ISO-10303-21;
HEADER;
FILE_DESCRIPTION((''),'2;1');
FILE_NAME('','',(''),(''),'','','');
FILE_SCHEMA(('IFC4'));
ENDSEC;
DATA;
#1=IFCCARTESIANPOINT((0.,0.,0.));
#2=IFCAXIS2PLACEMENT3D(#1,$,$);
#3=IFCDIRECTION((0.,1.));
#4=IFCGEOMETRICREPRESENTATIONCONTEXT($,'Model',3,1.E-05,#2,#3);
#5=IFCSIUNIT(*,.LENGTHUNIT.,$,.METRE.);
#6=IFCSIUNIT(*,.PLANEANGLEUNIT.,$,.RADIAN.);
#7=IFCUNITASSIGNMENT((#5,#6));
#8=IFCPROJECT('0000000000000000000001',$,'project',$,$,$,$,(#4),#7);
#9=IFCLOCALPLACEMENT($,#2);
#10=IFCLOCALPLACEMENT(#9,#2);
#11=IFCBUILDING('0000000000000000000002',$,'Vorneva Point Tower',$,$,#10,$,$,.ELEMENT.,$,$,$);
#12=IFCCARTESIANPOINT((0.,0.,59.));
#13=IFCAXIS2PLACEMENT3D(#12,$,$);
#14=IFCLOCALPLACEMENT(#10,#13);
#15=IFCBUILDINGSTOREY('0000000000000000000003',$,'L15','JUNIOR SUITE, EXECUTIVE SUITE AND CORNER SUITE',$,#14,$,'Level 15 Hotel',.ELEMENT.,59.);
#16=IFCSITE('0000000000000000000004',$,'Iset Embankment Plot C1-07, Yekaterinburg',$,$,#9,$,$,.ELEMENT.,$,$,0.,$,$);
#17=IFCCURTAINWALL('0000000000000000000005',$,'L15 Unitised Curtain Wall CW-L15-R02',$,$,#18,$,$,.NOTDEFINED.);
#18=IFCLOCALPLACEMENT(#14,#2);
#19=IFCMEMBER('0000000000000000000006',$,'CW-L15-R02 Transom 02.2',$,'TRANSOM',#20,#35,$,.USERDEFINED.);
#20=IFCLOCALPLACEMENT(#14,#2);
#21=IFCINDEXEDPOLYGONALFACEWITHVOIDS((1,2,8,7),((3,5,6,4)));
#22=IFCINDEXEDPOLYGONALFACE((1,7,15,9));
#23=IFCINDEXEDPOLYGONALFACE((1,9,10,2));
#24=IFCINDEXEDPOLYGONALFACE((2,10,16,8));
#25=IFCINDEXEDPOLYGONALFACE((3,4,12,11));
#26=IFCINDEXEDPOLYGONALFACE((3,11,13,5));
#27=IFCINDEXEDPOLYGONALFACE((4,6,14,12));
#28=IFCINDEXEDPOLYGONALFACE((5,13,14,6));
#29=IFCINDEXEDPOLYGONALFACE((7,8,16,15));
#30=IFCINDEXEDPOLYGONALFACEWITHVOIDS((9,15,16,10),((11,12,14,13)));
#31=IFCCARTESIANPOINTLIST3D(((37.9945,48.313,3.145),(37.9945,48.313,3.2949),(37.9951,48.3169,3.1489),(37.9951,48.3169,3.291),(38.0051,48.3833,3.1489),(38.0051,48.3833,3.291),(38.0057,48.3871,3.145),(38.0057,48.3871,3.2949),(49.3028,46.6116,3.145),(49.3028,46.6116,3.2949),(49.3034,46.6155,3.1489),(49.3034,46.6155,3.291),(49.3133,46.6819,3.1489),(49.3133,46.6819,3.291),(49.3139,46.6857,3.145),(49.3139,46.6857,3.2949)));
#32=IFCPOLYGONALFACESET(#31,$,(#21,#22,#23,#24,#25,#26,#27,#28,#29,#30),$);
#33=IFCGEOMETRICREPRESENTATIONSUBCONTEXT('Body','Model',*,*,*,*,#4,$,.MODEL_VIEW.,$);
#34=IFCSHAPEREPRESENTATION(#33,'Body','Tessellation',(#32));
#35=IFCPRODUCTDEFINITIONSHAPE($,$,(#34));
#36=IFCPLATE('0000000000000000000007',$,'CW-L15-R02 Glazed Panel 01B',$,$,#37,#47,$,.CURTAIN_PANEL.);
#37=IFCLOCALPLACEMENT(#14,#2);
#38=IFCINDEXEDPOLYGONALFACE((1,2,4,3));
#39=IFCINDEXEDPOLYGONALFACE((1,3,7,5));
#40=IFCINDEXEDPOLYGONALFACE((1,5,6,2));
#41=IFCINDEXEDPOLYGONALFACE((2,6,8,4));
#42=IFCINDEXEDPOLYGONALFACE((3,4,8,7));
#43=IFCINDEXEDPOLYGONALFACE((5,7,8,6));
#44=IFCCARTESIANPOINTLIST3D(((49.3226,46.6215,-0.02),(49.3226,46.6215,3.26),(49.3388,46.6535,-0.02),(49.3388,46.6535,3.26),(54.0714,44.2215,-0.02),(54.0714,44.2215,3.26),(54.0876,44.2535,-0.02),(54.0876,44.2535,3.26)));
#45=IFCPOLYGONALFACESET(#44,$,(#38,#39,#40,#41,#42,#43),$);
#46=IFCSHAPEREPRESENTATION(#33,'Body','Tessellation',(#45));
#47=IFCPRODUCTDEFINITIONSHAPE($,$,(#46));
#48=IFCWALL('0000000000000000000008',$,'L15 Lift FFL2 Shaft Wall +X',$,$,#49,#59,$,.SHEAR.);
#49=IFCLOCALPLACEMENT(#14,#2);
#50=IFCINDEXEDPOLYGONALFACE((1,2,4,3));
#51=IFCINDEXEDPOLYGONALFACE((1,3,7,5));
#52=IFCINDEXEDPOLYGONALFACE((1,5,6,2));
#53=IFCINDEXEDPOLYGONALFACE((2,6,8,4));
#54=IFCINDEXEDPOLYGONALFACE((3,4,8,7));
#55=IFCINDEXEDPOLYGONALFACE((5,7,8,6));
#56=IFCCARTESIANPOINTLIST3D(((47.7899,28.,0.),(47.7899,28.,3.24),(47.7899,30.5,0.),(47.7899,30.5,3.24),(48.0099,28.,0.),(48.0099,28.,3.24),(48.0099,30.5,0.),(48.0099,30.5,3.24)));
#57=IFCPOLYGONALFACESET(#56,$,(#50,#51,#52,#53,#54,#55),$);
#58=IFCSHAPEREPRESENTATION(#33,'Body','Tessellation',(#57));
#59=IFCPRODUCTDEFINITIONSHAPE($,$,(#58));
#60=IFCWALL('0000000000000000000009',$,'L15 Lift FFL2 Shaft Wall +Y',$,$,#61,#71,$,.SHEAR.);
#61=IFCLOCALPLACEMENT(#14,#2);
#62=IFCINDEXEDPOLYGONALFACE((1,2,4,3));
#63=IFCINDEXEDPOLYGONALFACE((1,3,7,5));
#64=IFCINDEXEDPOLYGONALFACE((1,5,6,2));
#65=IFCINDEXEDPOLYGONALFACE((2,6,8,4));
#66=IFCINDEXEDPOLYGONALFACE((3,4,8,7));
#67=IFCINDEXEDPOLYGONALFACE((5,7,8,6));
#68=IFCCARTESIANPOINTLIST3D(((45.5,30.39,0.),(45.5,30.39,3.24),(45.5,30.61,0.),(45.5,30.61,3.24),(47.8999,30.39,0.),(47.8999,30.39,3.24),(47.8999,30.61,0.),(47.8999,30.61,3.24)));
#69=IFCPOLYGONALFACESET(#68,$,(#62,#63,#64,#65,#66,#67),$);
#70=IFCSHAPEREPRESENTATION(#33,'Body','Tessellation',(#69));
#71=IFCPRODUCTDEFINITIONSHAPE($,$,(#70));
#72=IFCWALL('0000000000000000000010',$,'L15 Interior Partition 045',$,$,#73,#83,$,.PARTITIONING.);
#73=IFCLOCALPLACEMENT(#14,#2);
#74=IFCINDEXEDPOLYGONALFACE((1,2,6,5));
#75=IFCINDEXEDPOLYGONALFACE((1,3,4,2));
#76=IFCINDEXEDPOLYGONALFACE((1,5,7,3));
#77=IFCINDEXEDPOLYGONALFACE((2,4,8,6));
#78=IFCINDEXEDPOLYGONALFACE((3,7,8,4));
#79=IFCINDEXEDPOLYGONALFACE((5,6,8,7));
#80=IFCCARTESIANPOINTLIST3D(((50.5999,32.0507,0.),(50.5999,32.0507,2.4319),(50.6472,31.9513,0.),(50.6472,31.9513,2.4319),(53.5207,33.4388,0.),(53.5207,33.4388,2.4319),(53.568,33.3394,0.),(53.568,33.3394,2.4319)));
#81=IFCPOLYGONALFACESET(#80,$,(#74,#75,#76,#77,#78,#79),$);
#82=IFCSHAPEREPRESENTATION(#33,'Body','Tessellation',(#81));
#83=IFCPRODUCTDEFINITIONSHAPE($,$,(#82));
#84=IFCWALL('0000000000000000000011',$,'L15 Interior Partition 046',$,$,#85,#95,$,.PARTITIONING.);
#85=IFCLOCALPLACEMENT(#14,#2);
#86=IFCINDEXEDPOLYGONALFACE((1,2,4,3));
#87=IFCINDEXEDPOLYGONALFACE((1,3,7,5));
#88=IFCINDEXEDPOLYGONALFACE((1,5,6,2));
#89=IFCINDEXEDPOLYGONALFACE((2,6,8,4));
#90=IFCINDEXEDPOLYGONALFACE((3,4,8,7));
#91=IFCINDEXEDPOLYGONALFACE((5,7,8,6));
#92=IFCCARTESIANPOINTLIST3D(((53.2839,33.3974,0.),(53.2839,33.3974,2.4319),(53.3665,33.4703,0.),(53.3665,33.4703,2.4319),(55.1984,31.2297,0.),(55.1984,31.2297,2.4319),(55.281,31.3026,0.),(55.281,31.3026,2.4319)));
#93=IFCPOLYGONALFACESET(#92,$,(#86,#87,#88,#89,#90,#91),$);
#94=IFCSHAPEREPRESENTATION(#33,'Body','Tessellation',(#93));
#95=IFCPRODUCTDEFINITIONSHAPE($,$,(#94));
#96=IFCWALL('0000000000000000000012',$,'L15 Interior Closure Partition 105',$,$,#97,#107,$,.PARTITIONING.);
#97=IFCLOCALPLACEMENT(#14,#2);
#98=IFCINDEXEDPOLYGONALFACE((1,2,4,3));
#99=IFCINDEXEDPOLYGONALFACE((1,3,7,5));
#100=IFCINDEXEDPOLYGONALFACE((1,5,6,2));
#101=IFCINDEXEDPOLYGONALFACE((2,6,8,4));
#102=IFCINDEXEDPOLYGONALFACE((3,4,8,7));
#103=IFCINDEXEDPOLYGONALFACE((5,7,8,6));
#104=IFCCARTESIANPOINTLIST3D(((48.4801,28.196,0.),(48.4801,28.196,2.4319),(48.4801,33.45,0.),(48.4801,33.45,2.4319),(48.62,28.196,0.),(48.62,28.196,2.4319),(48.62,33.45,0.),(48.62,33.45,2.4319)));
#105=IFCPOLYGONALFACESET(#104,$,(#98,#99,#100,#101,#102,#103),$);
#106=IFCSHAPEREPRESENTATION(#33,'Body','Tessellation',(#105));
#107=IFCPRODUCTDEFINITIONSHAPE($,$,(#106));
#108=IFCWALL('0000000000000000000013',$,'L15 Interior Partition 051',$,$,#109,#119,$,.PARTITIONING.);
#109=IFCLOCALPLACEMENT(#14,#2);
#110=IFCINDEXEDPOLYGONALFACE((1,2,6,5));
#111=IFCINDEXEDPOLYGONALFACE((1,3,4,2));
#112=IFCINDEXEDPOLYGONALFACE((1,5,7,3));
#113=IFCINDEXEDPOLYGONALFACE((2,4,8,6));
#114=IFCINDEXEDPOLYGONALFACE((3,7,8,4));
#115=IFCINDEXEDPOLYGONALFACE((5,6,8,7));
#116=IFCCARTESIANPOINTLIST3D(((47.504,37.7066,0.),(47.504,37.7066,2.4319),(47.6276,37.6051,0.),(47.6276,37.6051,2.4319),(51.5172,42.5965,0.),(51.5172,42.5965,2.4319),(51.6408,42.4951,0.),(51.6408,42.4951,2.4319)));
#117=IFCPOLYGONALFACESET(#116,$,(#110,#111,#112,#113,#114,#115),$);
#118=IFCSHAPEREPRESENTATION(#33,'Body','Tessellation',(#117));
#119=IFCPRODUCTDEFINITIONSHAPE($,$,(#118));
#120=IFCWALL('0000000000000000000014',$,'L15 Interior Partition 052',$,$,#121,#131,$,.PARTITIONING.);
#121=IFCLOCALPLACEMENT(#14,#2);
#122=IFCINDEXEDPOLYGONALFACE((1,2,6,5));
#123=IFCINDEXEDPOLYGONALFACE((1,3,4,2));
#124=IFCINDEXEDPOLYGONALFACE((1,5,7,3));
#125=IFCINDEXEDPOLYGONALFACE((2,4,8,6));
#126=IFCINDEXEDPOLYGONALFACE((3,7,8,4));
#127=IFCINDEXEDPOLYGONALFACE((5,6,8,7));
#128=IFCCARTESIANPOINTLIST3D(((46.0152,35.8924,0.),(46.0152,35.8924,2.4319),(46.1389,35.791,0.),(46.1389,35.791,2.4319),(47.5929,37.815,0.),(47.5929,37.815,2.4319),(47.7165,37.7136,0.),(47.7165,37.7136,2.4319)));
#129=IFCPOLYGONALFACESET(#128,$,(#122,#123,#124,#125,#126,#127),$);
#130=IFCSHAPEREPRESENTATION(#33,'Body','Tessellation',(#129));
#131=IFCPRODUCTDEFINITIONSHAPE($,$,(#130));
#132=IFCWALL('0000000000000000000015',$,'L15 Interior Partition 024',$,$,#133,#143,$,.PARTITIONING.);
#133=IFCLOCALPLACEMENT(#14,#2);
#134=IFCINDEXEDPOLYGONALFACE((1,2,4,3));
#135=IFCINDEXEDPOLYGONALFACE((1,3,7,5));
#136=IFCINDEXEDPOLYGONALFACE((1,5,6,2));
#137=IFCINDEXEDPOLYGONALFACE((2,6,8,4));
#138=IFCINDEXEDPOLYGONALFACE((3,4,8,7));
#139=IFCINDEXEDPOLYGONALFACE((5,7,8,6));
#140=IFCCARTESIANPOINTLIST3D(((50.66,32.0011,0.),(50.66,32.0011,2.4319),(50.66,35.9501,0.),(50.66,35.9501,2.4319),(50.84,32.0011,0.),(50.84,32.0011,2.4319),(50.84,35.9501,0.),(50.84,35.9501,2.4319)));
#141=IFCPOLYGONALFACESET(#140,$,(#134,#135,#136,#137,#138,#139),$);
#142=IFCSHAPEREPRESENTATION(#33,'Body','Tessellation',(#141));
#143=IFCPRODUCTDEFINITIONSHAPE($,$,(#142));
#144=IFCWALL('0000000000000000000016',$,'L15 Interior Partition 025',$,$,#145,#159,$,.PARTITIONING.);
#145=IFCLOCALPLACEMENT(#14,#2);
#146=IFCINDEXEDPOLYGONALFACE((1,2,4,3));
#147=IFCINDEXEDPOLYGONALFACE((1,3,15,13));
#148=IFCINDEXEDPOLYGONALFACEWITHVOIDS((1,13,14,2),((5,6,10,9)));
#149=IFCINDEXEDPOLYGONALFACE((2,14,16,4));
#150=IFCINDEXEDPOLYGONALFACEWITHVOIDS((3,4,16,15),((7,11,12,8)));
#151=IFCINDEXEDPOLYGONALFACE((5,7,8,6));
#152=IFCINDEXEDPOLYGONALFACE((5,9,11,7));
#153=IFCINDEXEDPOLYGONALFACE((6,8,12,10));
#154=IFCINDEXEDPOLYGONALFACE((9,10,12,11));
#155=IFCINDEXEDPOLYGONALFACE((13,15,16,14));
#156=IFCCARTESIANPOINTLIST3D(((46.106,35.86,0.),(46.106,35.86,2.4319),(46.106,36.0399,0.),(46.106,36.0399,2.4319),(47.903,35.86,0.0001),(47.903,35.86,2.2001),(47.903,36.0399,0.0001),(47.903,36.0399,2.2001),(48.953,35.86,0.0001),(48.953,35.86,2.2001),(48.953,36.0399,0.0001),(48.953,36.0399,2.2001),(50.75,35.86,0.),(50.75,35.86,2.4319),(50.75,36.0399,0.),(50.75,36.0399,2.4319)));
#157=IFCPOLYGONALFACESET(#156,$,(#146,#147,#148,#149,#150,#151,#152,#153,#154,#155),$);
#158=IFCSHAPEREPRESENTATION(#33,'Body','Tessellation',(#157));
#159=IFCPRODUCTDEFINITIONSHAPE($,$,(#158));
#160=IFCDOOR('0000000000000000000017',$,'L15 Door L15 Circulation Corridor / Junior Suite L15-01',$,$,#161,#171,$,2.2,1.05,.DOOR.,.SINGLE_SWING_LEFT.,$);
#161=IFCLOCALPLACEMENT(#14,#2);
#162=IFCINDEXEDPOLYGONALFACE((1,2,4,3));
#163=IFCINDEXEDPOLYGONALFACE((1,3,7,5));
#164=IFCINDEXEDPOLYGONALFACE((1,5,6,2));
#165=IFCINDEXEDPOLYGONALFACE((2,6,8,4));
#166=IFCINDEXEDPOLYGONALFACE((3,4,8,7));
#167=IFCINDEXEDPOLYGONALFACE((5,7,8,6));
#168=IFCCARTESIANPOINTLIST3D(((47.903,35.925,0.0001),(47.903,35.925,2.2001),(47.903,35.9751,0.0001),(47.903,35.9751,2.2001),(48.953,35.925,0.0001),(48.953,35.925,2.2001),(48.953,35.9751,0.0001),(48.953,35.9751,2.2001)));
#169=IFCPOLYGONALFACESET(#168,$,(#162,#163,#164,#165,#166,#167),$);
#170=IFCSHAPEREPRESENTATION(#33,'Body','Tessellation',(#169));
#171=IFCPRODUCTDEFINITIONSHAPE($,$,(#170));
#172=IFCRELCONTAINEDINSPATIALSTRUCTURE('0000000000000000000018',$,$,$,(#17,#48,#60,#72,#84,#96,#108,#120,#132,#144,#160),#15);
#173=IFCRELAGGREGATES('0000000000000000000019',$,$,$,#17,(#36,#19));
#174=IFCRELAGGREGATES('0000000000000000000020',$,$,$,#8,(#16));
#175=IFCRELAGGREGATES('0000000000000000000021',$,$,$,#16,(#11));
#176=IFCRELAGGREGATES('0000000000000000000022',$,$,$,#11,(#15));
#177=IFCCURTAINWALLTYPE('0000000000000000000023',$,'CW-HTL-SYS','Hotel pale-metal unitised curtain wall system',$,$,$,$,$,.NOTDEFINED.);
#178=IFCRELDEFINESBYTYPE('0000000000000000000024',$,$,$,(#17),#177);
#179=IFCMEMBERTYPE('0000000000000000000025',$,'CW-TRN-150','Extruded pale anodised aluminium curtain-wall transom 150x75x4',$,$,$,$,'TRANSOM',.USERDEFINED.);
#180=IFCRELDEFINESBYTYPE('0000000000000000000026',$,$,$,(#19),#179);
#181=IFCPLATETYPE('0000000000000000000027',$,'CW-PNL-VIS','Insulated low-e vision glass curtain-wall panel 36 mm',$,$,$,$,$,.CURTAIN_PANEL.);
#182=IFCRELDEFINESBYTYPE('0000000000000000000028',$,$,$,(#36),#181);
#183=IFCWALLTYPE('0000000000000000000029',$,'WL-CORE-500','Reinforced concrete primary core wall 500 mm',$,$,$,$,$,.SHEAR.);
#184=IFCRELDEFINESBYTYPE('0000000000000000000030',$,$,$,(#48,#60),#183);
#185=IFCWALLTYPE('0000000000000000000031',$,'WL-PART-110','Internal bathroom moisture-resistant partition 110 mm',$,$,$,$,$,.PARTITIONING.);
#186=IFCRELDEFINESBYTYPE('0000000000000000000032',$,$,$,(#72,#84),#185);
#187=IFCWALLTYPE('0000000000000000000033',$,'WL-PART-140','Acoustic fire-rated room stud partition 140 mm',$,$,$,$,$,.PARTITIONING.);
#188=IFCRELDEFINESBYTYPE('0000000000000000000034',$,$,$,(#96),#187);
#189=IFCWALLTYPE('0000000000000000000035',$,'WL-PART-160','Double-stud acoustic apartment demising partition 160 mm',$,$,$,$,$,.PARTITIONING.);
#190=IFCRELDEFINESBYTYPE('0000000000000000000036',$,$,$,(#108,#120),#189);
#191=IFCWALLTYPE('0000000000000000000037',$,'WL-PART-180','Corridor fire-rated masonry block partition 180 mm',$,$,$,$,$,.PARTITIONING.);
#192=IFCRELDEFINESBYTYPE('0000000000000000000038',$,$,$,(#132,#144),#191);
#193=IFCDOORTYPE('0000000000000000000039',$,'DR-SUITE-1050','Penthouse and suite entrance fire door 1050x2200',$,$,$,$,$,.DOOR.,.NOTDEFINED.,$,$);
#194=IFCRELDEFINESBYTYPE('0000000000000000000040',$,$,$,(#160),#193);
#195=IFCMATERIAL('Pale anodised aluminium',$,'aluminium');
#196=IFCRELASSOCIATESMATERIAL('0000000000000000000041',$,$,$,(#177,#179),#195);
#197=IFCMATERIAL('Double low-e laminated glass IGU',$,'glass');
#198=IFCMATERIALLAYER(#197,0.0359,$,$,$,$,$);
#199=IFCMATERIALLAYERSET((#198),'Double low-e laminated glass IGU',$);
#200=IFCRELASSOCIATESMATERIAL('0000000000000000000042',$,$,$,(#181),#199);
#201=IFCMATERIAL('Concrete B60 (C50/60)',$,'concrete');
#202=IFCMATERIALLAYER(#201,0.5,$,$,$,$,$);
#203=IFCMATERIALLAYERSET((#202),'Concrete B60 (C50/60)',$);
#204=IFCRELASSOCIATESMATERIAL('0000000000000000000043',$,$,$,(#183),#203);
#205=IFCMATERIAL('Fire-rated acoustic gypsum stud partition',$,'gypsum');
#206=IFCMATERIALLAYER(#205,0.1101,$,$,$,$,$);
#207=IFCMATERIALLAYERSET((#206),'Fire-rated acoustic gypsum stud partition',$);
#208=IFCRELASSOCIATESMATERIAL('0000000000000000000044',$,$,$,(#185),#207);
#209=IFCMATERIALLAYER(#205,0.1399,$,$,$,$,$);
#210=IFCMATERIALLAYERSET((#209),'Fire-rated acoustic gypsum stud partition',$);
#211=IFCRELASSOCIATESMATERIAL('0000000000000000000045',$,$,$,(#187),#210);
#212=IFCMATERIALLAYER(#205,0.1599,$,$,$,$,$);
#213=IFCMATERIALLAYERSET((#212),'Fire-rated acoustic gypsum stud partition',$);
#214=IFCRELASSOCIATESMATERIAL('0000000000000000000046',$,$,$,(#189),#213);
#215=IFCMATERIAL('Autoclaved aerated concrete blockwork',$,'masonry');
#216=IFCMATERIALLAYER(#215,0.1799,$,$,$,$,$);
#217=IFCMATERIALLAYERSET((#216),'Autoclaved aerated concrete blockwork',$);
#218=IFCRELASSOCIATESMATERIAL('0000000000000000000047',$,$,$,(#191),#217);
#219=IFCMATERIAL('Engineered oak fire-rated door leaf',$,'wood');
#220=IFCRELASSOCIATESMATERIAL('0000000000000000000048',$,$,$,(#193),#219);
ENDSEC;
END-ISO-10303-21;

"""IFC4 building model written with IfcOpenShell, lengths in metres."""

from ifc_helpers import new_model, si_unit, direction, frame, frame_2d, origin, origin_2d, place, context, subcontext, project, spatial, rectangle, hollow_rectangle, extrude, material, layer, layer_set, material_profile, profile_set, type_object, element, fill, aggregate, save


model = new_model("IFC4")

# Units and contexts
model_context = context("Model", 3, precision=1e-05, world=origin(), true_north=direction((0.0, 1.0)))
body_context = subcontext(model_context, "Body", "Model", "MODEL_VIEW")
ifc_project = project(units=[si_unit("LENGTHUNIT", "METRE"), si_unit("PLANEANGLEUNIT", "RADIAN")], contexts=[model_context])

# Site, building, storey
site_placement = place(None, origin())
site = spatial("IfcSite", under=ifc_project, at=site_placement, Name="Iset Embankment Plot C1-07, Yekaterinburg", CompositionType="ELEMENT", RefElevation=0.0)
building_placement = place(site_placement, origin())
building = spatial("IfcBuilding", under=site, at=building_placement, Name="Vorneva Point Tower", CompositionType="ELEMENT")
storey_placement = place(building_placement, frame((0.0, 0.0, 59.0)))
storey = spatial("IfcBuildingStorey", under=building, at=storey_placement, Name="L15", Description="JUNIOR SUITE, EXECUTIVE SUITE AND CORNER SUITE", LongName="Level 15 Hotel", CompositionType="ELEMENT", Elevation=59.0)

# Shared definitions
ifc_material_1 = material(Name="Concrete B60 (C50/60)", Category="concrete")

# Curtain wall, member, plate
ifc_material_2 = material(Name="Pale anodised aluminium", Category="aluminium")
curtain_wall_type = type_object("IfcCurtainWallType", Name="CW-HTL-SYS", Description="Hotel pale-metal unitised curtain wall system", PredefinedType="NOTDEFINED", material=ifc_material_2)
curtain_wall_placement = place(storey_placement, origin())
curtain_wall = element("IfcCurtainWall", 1, at=curtain_wall_placement, inside=storey, type_object=curtain_wall_type, Name="L15 Unitised Curtain Wall CW-L15-R02", PredefinedType="NOTDEFINED")
ifc_material_profile_1 = material_profile(ifc_material_2, hollow_rectangle(XDim=0.075, YDim=0.1499, WallThickness=0.0039, at=origin_2d()), Name="AL-TRN 150x75x4")
ifc_profile_set_1 = profile_set([ifc_material_profile_1], Name="Pale anodised aluminium")
member_type_1 = type_object("IfcMemberType", Name="CW-TRN-150", Description="Extruded pale anodised aluminium curtain-wall transom 150x75x4", ElementType="TRANSOM", PredefinedType="USERDEFINED", material=ifc_profile_set_1)
member_1_placement = place(storey_placement, frame((49.3083, 46.6487, 3.22), z_axis=(-0.98887, 0.148782, 0.0), x_axis=(-0.148782, -0.98887, 0.0)))
member_1 = element("IfcMember", 2, at=member_1_placement, type_object=member_type_1, Name="CW-L15-R02 Transom 02.2", ObjectType="TRANSOM", PredefinedType="USERDEFINED", context=body_context, shape_type="SweptSolid", body=[
    extrude(hollow_rectangle(XDim=0.075, YDim=0.1499, WallThickness=0.0039, at=origin_2d()), origin(), (0.0, 0.0, 1.0), 11.4355),
])
ifc_material_3 = material(Name="Double low-e laminated glass IGU", Category="glass")
ifc_layer_1 = layer(ifc_material_3, 0.0359)
ifc_layer_set_1 = layer_set([ifc_layer_1], Name="Double low-e laminated glass IGU")
plate_type = type_object("IfcPlateType", Name="CW-PNL-VIS", Description="Insulated low-e vision glass curtain-wall panel 36 mm", PredefinedType="CURTAIN_PANEL", material=ifc_layer_set_1)
plate_placement = place(storey_placement, frame((51.7051, 45.4375, -0.02), z_axis=(0.0, 0.0, 1.0), x_axis=(-0.892499, 0.451049, 0.0)))
plate = element("IfcPlate", 3, at=plate_placement, type_object=plate_type, Name="CW-L15-R02 Glazed Panel 01B", PredefinedType="CURTAIN_PANEL", context=body_context, shape_type="SweptSolid", body=[
    extrude(rectangle(XDim=5.3208, YDim=0.0359, at=origin_2d()), origin(), (0.0, 0.0, 1.0), 3.28),
])
aggregate(curtain_wall, [plate, member_1])

# Walls
ifc_layer_2 = layer(ifc_material_1, 0.5)
ifc_layer_set_2 = layer_set([ifc_layer_2], Name="Concrete B60 (C50/60)")
wall_type_1 = type_object("IfcWallType", Name="WL-CORE-500", Description="Reinforced concrete primary core wall 500 mm", PredefinedType="SHEAR", material=ifc_layer_set_2)
wall_1_placement = place(storey_placement, frame((47.8999, 28.0, 0.0), z_axis=(0.0, 0.0, 1.0), x_axis=(0.0, 1.0, 0.0)))
element("IfcWall", 4, at=wall_1_placement, inside=storey, type_object=wall_type_1, Name="L15 Lift FFL2 Shaft Wall +X", PredefinedType="SHEAR", context=body_context, shape_type="SweptSolid", body=[
    extrude(rectangle(XDim=2.5, YDim=0.22, at=frame_2d((1.25, 0.0))), origin(), (0.0, 0.0, 1.0), 3.24),
])
wall_2_placement = place(storey_placement, frame((47.8999, 30.5, 0.0), z_axis=(0.0, 0.0, 1.0), x_axis=(-1.0, 0.0, 0.0)))
element("IfcWall", 5, at=wall_2_placement, inside=storey, type_object=wall_type_1, Name="L15 Lift FFL2 Shaft Wall +Y", PredefinedType="SHEAR", context=body_context, shape_type="SweptSolid", body=[
    extrude(rectangle(XDim=2.3999, YDim=0.22, at=frame_2d((1.2, 0.0))), origin(), (0.0, 0.0, 1.0), 3.24),
])
ifc_material_4 = material(Name="Fire-rated acoustic gypsum stud partition", Category="gypsum")
ifc_layer_3 = layer(ifc_material_4, 0.1101)
ifc_layer_set_3 = layer_set([ifc_layer_3], Name="Fire-rated acoustic gypsum stud partition")
wall_type_2 = type_object("IfcWallType", Name="WL-PART-110", Description="Internal bathroom moisture-resistant partition 110 mm", PredefinedType="PARTITIONING", material=ifc_layer_set_3)
wall_3_placement = place(storey_placement, frame((50.6235, 32.001, 0.0), z_axis=(0.0, 0.0, 1.0), x_axis=(0.903187, 0.429248, 0.0)))
element("IfcWall", 6, at=wall_3_placement, inside=storey, type_object=wall_type_2, Name="L15 Interior Partition 045", PredefinedType="PARTITIONING", context=body_context, shape_type="SweptSolid", body=[
    extrude(rectangle(XDim=3.2339, YDim=0.1101, at=frame_2d((1.6169, 0.0))), origin(), (0.0, 0.0, 1.0), 2.4319),
])
wall_4_placement = place(storey_placement, frame((53.3252, 33.4338, 0.0), z_axis=(0.0, 0.0, 1.0), x_axis=(0.661982, -0.74952, 0.0)))
element("IfcWall", 7, at=wall_4_placement, inside=storey, type_object=wall_type_2, Name="L15 Interior Partition 046", PredefinedType="PARTITIONING", context=body_context, shape_type="SweptSolid", body=[
    extrude(rectangle(XDim=2.8921, YDim=0.1101, at=frame_2d((1.446, 0.0))), origin(), (0.0, 0.0, 1.0), 2.4319),
])
ifc_layer_4 = layer(ifc_material_4, 0.1399)
ifc_layer_set_4 = layer_set([ifc_layer_4], Name="Fire-rated acoustic gypsum stud partition")
wall_type_3 = type_object("IfcWallType", Name="WL-PART-140", Description="Acoustic fire-rated room stud partition 140 mm", PredefinedType="PARTITIONING", material=ifc_layer_set_4)
wall_5_placement = place(storey_placement, frame((48.55, 33.45, 0.0), z_axis=(0.0, 0.0, 1.0), x_axis=(0.0, -1.0, 0.0)))
element("IfcWall", 8, at=wall_5_placement, inside=storey, type_object=wall_type_3, Name="L15 Interior Closure Partition 105", PredefinedType="PARTITIONING", context=body_context, shape_type="SweptSolid", body=[
    extrude(rectangle(XDim=5.2539, YDim=0.1399, at=frame_2d((2.627, 0.0))), origin(), (0.0, 0.0, 1.0), 2.4319),
])
ifc_layer_5 = layer(ifc_material_4, 0.1599)
ifc_layer_set_5 = layer_set([ifc_layer_5], Name="Fire-rated acoustic gypsum stud partition")
wall_type_4 = type_object("IfcWallType", Name="WL-PART-160", Description="Double-stud acoustic apartment demising partition 160 mm", PredefinedType="PARTITIONING", material=ifc_layer_set_5)
wall_6_placement = place(storey_placement, frame((51.5791, 42.5459, 0.0), z_axis=(0.0, 0.0, 1.0), x_axis=(-0.634408, -0.772999, 0.0)))
element("IfcWall", 9, at=wall_6_placement, inside=storey, type_object=wall_type_4, Name="L15 Interior Partition 051", PredefinedType="PARTITIONING", context=body_context, shape_type="SweptSolid", body=[
    extrude(rectangle(XDim=6.3259, YDim=0.1599, at=frame_2d((3.1631, 0.0))), origin(), (0.0, 0.0, 1.0), 2.4319),
])
wall_7_placement = place(storey_placement, frame((47.6548, 37.7644, 0.0), z_axis=(0.0, 0.0, 1.0), x_axis=(-0.634344, -0.773051, 0.0)))
element("IfcWall", 10, at=wall_7_placement, inside=storey, type_object=wall_type_4, Name="L15 Interior Partition 052", PredefinedType="PARTITIONING", context=body_context, shape_type="SweptSolid", body=[
    extrude(rectangle(XDim=2.4871, YDim=0.1599, at=frame_2d((1.2437, 0.0))), origin(), (0.0, 0.0, 1.0), 2.4319),
])
ifc_material_5 = material(Name="Autoclaved aerated concrete blockwork", Category="masonry")
ifc_layer_6 = layer(ifc_material_5, 0.1799)
ifc_layer_set_6 = layer_set([ifc_layer_6], Name="Autoclaved aerated concrete blockwork")
wall_type_5 = type_object("IfcWallType", Name="WL-PART-180", Description="Corridor fire-rated masonry block partition 180 mm", PredefinedType="PARTITIONING", material=ifc_layer_set_6)
wall_8_placement = place(storey_placement, frame((50.75, 32.001, 0.0), z_axis=(0.0, 0.0, 1.0), x_axis=(0.0, 1.0, 0.0)))
element("IfcWall", 11, at=wall_8_placement, inside=storey, type_object=wall_type_5, Name="L15 Interior Partition 024", PredefinedType="PARTITIONING", context=body_context, shape_type="SweptSolid", body=[
    extrude(rectangle(XDim=3.949, YDim=0.1799, at=frame_2d((1.9746, 0.0))), origin(), (0.0, 0.0, 1.0), 2.4319),
])

# Wall, opening, door
wall_9_placement = place(storey_placement, frame((50.75, 35.95, 0.0), z_axis=(0.0, 0.0, 1.0), x_axis=(-1.0, 0.0, 0.0)))
wall_9 = element("IfcWall", 12, at=wall_9_placement, inside=storey, type_object=wall_type_5, Name="L15 Interior Partition 025", PredefinedType="PARTITIONING", context=body_context, shape_type="SweptSolid", body=[
    extrude(rectangle(XDim=4.644, YDim=0.1799, at=frame_2d((2.322, 0.0))), origin(), (0.0, 0.0, 1.0), 2.4319),
])
opening_placement = place(wall_9_placement, frame((1.7971, 0.0, 0.0)))
opening = element("IfcOpeningElement", 13, at=opening_placement, cuts=wall_9, PredefinedType="OPENING", context=body_context, shape_type="SweptSolid", body=[
    extrude(rectangle(XDim=1.05, YDim=2.2, at=frame_2d((0.5249, 1.1001))), frame((0.0, 0.105, 0.0), z_axis=(0.0, -1.0, 0.0), x_axis=(1.0, 0.0, 0.0)), (0.0, 0.0, 1.0), 0.2097),
])
ifc_material_6 = material(Name="Engineered oak fire-rated door leaf", Category="wood")
door_type = type_object("IfcDoorType", Name="DR-SUITE-1050", Description="Penthouse and suite entrance fire door 1050x2200", OperationType="NOTDEFINED", PredefinedType="DOOR", material=ifc_material_6)
door_placement = place(opening_placement, origin())
door = element("IfcDoor", 14, at=door_placement, inside=storey, type_object=door_type, Name="L15 Door L15 Circulation Corridor / Junior Suite L15-01", OperationType="SINGLE_SWING_LEFT", OverallHeight=2.2, OverallWidth=1.05, PredefinedType="DOOR", context=body_context, shape_type="SweptSolid", body=[
    extrude(rectangle(XDim=1.05, YDim=2.2, at=frame_2d((0.5249, 1.1001))), frame((0.0, 0.0249, 0.0), z_axis=(0.0, -1.0, 0.0), x_axis=(1.0, 0.0, 0.0)), (0.0, 0.0, 1.0), 0.05),
])
fill(opening, door)

save(model, "model.ifc")
